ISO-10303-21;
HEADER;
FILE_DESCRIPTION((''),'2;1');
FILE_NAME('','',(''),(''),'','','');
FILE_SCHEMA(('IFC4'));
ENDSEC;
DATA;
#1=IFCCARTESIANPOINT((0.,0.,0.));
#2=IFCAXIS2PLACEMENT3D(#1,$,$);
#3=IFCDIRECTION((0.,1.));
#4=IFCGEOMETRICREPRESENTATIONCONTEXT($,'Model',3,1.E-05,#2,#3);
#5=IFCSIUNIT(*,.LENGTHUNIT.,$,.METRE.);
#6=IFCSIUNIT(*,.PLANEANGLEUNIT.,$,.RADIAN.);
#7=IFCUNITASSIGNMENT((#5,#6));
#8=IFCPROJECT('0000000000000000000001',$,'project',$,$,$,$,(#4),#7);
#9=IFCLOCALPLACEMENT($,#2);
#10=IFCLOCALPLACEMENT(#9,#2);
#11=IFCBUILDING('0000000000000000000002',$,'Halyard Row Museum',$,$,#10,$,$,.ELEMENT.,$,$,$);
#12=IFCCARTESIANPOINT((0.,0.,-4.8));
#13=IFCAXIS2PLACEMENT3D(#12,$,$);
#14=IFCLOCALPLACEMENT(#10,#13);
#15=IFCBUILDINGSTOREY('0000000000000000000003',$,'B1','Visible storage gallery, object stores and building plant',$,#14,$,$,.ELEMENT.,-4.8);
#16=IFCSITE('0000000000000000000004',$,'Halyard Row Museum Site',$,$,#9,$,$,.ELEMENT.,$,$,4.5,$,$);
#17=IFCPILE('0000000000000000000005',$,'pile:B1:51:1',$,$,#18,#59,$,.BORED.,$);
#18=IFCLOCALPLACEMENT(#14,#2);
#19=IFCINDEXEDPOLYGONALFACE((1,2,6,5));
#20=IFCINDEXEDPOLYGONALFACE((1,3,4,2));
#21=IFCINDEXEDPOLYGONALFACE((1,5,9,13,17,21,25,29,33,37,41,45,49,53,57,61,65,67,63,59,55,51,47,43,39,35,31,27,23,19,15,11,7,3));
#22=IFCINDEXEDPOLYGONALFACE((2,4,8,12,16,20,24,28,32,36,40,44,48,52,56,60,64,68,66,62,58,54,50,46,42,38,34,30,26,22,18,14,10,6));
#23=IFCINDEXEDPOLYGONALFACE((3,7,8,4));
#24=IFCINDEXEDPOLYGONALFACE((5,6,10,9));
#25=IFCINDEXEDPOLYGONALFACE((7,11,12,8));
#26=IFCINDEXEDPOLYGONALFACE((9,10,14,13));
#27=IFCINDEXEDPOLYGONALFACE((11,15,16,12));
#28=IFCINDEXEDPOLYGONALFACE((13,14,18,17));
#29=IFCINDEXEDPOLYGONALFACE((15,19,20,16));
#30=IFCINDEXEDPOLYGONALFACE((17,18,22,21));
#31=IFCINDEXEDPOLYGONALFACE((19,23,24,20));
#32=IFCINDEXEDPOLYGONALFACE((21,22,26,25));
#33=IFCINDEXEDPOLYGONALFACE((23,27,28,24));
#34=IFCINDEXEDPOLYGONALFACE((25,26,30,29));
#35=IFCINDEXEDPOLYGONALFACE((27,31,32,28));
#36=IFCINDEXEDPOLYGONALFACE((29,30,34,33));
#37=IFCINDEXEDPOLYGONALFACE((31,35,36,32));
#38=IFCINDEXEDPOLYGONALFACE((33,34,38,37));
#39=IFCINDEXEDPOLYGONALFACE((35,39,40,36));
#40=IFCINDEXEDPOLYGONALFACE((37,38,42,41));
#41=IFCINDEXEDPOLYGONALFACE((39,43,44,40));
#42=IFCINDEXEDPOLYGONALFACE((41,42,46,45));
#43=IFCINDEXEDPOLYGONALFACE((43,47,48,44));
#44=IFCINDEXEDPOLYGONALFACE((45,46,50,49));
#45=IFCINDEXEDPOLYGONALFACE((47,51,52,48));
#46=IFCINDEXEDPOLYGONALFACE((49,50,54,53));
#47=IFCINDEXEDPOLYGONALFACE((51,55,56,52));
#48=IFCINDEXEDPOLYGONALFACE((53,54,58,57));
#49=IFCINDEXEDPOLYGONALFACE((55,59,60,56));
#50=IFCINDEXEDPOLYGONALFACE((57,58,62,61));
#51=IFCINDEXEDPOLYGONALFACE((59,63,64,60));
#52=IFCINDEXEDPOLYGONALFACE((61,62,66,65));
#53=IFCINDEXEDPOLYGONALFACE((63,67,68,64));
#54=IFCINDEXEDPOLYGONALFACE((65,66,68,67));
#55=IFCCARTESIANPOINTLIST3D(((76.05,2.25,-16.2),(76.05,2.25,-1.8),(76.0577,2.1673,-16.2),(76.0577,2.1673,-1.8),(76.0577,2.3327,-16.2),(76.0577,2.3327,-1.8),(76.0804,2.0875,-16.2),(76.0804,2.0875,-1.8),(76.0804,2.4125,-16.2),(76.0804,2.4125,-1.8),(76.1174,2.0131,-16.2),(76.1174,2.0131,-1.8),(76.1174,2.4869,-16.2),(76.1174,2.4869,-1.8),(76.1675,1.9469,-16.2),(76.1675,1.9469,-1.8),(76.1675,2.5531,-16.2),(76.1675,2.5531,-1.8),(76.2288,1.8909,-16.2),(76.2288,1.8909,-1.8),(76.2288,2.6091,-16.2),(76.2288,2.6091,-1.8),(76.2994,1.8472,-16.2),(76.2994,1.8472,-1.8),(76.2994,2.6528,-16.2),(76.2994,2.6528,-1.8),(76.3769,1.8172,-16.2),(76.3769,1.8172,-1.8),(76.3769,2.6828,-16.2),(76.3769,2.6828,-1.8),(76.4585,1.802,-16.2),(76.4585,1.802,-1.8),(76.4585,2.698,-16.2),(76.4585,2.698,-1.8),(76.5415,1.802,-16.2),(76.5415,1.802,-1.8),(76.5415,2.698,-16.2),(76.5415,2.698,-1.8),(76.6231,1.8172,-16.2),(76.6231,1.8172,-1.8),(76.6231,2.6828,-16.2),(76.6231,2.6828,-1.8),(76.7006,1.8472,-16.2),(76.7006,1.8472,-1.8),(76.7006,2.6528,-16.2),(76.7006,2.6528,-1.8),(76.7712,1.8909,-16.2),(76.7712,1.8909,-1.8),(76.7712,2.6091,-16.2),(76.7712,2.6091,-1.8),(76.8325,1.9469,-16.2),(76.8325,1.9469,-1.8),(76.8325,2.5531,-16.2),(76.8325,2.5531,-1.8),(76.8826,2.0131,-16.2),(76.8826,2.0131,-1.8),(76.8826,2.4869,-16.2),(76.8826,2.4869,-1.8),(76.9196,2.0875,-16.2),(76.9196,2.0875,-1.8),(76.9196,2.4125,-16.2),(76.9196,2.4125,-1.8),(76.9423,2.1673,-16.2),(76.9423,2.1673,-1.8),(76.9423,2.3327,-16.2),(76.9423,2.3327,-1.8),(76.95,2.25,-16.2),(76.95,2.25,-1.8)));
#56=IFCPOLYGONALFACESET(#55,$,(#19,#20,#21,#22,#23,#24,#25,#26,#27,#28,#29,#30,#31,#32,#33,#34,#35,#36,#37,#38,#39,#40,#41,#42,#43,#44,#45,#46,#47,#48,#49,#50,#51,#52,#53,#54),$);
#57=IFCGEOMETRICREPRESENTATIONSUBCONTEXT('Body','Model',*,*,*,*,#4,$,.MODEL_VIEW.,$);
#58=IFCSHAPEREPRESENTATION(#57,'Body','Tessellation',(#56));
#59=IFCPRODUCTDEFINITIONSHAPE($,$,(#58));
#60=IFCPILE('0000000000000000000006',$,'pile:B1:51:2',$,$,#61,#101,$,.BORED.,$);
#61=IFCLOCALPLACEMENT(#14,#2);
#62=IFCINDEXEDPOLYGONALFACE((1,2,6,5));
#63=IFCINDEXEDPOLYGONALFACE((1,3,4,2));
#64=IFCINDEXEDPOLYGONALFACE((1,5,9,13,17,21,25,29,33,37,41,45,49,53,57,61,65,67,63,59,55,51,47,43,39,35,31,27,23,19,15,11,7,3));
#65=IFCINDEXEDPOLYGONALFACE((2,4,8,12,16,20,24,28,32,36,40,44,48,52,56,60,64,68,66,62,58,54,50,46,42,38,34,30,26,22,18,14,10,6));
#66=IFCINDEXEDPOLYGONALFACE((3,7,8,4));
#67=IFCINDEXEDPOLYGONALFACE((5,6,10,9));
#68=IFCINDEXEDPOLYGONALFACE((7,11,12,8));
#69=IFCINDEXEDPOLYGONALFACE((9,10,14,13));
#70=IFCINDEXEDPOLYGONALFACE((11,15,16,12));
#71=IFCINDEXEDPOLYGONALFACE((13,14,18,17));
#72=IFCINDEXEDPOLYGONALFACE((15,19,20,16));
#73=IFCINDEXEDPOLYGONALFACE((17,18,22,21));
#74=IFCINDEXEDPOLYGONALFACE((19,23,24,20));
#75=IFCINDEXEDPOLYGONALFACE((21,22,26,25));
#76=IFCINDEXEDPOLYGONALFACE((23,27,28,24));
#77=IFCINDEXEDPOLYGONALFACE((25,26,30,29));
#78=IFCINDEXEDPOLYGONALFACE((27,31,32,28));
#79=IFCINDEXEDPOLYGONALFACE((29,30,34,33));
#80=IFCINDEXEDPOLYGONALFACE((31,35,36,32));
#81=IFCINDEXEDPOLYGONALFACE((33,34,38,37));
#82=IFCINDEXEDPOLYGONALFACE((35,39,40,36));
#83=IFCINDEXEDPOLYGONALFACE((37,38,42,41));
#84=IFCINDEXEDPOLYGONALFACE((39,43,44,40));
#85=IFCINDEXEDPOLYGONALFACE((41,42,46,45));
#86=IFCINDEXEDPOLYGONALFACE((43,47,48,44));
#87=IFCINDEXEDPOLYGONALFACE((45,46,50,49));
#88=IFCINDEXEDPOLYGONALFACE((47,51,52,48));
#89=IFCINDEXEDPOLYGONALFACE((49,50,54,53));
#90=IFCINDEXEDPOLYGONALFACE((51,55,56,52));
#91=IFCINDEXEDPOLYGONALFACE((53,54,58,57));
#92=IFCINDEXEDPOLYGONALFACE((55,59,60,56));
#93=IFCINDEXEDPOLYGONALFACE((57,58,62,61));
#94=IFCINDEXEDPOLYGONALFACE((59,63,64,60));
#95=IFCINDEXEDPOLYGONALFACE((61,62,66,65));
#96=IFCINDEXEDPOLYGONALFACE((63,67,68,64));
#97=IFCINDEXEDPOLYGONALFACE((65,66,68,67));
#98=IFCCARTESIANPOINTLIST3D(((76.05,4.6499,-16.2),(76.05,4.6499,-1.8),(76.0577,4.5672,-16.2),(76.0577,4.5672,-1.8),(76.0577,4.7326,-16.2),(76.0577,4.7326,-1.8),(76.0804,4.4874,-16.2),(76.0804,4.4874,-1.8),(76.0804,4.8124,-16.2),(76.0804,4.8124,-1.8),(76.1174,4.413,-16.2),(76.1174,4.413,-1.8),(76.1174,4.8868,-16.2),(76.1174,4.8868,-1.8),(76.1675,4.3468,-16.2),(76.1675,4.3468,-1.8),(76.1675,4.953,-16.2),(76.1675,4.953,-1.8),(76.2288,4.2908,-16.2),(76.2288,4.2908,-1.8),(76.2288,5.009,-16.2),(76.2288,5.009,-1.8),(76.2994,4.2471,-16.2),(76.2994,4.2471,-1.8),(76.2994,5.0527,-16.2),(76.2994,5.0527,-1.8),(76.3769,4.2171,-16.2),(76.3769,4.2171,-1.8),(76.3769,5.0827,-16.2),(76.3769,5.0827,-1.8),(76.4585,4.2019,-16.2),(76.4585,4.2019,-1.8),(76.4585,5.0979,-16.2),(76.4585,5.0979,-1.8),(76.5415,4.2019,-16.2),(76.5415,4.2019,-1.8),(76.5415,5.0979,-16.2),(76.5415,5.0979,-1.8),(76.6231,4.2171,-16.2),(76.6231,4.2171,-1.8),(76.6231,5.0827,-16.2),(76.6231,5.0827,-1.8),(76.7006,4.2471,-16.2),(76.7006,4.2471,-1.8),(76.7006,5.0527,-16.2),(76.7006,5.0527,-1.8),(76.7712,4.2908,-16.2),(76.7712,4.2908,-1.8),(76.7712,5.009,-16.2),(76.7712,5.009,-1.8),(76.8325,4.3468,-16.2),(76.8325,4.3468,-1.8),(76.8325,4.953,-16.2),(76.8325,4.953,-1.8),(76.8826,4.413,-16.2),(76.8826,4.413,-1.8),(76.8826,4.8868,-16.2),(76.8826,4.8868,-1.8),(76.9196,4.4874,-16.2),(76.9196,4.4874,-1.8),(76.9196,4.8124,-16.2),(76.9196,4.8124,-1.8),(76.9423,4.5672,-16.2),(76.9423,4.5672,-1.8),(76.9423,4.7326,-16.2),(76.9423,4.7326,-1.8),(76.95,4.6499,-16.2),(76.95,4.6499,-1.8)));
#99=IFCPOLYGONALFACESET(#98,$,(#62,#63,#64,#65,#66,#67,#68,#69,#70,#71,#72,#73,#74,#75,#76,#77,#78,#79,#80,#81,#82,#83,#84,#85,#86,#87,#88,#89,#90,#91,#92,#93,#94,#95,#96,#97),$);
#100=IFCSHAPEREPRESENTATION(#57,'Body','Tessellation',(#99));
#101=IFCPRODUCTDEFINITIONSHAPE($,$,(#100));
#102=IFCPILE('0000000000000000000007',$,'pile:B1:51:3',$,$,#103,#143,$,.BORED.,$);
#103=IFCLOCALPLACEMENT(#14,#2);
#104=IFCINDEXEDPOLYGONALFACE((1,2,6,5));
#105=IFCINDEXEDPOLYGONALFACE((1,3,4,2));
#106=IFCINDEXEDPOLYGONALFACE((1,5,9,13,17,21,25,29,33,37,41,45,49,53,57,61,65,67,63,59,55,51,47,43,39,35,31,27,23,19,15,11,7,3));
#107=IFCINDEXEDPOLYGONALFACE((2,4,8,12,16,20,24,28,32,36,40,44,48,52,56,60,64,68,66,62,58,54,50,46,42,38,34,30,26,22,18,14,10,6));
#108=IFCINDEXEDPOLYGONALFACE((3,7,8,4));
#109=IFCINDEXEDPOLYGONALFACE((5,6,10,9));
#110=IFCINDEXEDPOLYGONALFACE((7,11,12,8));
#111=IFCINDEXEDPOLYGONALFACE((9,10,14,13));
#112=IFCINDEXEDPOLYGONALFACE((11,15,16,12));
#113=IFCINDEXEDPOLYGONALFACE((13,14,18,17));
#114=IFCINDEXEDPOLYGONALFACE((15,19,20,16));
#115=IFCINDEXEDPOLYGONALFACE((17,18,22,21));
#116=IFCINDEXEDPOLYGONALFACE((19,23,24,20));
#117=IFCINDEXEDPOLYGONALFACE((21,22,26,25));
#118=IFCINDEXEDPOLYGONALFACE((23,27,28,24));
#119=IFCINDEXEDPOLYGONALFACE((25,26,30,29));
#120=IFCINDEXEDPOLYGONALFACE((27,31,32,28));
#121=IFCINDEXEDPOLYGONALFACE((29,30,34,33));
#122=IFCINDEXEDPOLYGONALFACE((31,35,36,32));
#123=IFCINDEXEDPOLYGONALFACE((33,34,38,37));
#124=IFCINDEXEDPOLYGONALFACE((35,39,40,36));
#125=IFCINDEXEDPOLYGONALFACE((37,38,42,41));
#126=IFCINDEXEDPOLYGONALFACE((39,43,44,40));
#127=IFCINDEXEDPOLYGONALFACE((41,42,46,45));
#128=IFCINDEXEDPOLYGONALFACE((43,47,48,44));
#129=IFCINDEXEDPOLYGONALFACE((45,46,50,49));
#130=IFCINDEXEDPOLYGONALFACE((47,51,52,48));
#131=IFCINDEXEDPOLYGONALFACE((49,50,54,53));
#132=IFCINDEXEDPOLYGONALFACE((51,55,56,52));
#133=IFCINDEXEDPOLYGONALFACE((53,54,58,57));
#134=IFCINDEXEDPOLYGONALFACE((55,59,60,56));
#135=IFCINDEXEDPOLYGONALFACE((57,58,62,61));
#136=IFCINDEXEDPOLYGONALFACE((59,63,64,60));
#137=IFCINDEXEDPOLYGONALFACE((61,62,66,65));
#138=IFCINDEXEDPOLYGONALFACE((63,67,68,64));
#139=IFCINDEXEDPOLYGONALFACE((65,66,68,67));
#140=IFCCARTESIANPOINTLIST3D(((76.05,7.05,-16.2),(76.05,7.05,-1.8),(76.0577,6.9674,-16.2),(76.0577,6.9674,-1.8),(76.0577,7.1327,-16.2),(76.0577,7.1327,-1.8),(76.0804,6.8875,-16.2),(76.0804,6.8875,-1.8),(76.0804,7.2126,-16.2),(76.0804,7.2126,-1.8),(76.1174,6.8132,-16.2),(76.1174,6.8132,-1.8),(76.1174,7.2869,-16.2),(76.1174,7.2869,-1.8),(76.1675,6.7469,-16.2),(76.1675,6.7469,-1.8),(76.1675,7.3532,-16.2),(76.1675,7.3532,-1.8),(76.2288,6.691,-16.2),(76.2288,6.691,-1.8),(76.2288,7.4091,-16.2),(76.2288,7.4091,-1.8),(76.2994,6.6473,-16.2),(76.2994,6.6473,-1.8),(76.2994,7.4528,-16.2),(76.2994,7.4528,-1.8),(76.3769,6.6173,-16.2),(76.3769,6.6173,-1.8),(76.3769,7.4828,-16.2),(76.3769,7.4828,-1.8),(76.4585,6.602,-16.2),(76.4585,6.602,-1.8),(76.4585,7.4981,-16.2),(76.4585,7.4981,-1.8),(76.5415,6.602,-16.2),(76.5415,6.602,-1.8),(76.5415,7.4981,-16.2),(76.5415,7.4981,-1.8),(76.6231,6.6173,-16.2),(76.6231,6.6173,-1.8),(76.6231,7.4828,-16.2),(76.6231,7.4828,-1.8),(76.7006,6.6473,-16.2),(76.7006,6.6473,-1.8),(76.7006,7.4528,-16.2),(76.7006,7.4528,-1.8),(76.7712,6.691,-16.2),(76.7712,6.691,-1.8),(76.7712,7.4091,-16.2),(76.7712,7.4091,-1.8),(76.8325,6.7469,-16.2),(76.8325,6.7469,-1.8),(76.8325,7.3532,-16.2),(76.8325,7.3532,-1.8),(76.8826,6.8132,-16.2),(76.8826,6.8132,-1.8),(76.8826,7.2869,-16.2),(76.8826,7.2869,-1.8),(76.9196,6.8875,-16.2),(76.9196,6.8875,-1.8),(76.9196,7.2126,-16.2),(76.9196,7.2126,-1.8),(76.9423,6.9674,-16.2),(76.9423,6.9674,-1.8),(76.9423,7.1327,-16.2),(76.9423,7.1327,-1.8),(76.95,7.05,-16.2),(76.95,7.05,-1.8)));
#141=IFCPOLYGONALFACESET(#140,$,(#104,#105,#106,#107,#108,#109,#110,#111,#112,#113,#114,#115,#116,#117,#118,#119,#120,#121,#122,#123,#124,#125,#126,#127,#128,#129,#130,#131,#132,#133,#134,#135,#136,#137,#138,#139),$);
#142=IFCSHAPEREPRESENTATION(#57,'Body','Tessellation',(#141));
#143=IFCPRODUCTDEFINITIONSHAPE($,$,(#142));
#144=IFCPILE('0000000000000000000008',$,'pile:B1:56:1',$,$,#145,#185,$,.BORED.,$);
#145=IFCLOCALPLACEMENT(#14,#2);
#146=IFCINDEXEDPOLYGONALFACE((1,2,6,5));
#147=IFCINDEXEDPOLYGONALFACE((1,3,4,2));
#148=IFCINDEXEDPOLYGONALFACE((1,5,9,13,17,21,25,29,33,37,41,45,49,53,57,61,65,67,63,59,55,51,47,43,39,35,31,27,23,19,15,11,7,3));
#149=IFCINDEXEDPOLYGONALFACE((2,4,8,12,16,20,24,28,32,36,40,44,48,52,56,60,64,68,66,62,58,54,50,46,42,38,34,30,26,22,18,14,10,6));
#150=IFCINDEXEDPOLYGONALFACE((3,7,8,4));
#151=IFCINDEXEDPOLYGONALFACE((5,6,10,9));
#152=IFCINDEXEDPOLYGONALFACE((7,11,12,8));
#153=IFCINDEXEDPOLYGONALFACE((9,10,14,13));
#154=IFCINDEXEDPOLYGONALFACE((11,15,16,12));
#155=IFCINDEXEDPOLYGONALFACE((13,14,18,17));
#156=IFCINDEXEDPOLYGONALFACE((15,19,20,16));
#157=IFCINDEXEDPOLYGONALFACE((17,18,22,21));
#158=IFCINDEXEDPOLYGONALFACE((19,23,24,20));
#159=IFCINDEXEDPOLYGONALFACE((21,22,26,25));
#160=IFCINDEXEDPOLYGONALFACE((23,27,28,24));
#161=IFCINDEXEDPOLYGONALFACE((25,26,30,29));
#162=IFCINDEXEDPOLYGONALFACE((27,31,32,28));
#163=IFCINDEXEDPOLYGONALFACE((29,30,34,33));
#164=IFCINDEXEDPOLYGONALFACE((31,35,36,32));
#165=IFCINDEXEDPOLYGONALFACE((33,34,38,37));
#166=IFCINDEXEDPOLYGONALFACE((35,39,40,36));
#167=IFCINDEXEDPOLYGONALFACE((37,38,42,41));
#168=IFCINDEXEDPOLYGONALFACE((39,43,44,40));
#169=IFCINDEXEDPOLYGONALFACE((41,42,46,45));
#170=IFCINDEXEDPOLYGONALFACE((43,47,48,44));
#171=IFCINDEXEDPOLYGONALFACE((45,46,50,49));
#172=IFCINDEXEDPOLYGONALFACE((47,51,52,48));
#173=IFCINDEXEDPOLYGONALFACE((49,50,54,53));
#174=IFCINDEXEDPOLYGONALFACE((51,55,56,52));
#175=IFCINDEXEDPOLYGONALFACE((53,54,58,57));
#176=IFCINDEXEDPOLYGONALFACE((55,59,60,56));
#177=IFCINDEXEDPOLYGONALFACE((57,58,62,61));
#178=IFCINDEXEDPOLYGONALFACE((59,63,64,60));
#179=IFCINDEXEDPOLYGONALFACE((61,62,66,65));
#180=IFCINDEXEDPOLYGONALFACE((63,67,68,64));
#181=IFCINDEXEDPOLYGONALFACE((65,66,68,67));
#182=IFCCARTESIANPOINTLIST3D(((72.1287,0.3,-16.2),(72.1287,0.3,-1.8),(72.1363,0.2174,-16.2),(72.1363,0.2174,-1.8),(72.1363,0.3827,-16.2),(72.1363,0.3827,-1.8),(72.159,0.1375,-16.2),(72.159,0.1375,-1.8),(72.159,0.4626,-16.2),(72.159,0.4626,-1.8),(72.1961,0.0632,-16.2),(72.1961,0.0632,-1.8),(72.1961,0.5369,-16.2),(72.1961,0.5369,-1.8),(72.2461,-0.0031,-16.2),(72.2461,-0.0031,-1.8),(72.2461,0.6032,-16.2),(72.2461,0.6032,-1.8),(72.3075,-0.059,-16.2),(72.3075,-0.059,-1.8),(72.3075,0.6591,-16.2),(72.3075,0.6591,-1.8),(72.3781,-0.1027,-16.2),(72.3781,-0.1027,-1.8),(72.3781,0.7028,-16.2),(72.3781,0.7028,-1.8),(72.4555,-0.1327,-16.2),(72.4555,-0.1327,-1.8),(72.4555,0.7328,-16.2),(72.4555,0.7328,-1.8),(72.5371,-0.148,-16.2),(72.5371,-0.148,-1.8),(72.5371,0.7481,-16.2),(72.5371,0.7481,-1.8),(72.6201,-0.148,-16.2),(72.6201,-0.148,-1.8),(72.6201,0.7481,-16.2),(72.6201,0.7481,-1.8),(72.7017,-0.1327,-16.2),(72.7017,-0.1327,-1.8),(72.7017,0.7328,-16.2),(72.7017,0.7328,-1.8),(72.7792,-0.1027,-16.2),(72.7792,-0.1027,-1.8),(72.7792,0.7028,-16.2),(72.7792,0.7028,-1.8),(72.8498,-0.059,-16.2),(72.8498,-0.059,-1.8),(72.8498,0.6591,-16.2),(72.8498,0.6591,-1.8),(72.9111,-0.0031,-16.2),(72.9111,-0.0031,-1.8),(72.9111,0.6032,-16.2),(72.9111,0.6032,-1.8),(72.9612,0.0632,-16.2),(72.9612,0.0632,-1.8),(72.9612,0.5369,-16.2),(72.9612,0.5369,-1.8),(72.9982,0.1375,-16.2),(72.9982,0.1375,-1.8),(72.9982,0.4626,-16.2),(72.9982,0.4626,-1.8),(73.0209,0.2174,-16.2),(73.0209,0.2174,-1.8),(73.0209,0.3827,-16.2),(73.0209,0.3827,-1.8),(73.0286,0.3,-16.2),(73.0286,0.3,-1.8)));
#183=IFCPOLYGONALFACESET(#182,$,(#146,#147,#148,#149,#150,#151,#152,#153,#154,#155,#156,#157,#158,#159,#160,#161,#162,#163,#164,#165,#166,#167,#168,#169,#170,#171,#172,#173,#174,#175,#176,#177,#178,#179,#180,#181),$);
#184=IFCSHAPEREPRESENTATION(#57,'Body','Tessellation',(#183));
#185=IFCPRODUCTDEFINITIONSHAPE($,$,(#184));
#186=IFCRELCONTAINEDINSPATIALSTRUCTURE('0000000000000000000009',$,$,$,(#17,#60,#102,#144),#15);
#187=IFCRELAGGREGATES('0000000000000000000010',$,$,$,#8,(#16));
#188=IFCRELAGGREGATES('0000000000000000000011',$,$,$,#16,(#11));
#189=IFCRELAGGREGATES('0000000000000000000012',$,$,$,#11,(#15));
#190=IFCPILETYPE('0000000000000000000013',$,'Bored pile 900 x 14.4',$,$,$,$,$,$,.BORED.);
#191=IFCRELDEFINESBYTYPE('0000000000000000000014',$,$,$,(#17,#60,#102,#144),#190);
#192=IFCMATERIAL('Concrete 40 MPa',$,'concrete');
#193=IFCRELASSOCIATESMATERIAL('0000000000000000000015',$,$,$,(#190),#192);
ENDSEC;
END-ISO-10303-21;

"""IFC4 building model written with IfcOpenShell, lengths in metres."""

from ifc_helpers import new_model, si_unit, direction, frame, origin, origin_2d, place, context, subcontext, project, spatial, circle, extrude, material, material_profile, profile_set, type_object, element, save


model = new_model("IFC4")

# Units and contexts
model_context = context("Model", 3, precision=1e-05, world=origin(), true_north=direction((0.0, 1.0)))
body_context = subcontext(model_context, "Body", "Model", "MODEL_VIEW")
ifc_project = project(units=[si_unit("LENGTHUNIT", "METRE"), si_unit("PLANEANGLEUNIT", "RADIAN")], contexts=[model_context])

# Site, building, storey
site_placement = place(None, origin())
site = spatial("IfcSite", under=ifc_project, at=site_placement, Name="Halyard Row Museum Site", CompositionType="ELEMENT", RefElevation=4.5)
building_placement = place(site_placement, origin())
building = spatial("IfcBuilding", under=site, at=building_placement, Name="Halyard Row Museum", CompositionType="ELEMENT")
storey_placement = place(building_placement, frame((0.0, 0.0, -4.8)))
storey = spatial("IfcBuildingStorey", under=building, at=storey_placement, Name="B1", Description="Visible storage gallery, object stores and building plant", CompositionType="ELEMENT", Elevation=-4.8)

# Piles
ifc_material_1 = material(Name="Concrete 40 MPa", Category="concrete")
ifc_material_profile_1 = material_profile(ifc_material_1, circle(Radius=0.45, at=origin_2d()), Name="Bored pile 900 x 14.4")
ifc_profile_set_1 = profile_set([ifc_material_profile_1], Name="Concrete 40 MPa")
pile_type_1 = type_object("IfcPileType", Name="Bored pile 900 x 14.4", PredefinedType="BORED", material=ifc_profile_set_1)
for number, where, z_axis, x_axis, name in (
    (1, (76.5, 2.25, -1.8), (0.0, 0.0, -1.0), (1.0, 0.0, 0.0), "pile:B1:51:1"),
    (2, (76.5, 4.6499, -1.8), (0.0, 0.0, -1.0), (1.0, 0.0, 0.0), "pile:B1:51:2"),
    (3, (76.5, 7.05, -1.8), (0.0, 0.0, -1.0), (1.0, 0.0, 0.0), "pile:B1:51:3"),
    (4, (72.5786, 0.3, -1.8), (0.0, 0.0, -1.0), (1.0, 0.0, 0.0), "pile:B1:56:1"),
):
    element("IfcPile", number, at=place(storey_placement, frame(where, z_axis=z_axis, x_axis=x_axis)), inside=storey, type_object=pile_type_1, Name=name, PredefinedType="BORED", context=body_context, shape_type="SweptSolid", body=[
        extrude(circle(Radius=0.45, at=origin_2d()), origin(), (0.0, 0.0, 1.0), 14.3999),
    ])

save(model, "model.ifc")
